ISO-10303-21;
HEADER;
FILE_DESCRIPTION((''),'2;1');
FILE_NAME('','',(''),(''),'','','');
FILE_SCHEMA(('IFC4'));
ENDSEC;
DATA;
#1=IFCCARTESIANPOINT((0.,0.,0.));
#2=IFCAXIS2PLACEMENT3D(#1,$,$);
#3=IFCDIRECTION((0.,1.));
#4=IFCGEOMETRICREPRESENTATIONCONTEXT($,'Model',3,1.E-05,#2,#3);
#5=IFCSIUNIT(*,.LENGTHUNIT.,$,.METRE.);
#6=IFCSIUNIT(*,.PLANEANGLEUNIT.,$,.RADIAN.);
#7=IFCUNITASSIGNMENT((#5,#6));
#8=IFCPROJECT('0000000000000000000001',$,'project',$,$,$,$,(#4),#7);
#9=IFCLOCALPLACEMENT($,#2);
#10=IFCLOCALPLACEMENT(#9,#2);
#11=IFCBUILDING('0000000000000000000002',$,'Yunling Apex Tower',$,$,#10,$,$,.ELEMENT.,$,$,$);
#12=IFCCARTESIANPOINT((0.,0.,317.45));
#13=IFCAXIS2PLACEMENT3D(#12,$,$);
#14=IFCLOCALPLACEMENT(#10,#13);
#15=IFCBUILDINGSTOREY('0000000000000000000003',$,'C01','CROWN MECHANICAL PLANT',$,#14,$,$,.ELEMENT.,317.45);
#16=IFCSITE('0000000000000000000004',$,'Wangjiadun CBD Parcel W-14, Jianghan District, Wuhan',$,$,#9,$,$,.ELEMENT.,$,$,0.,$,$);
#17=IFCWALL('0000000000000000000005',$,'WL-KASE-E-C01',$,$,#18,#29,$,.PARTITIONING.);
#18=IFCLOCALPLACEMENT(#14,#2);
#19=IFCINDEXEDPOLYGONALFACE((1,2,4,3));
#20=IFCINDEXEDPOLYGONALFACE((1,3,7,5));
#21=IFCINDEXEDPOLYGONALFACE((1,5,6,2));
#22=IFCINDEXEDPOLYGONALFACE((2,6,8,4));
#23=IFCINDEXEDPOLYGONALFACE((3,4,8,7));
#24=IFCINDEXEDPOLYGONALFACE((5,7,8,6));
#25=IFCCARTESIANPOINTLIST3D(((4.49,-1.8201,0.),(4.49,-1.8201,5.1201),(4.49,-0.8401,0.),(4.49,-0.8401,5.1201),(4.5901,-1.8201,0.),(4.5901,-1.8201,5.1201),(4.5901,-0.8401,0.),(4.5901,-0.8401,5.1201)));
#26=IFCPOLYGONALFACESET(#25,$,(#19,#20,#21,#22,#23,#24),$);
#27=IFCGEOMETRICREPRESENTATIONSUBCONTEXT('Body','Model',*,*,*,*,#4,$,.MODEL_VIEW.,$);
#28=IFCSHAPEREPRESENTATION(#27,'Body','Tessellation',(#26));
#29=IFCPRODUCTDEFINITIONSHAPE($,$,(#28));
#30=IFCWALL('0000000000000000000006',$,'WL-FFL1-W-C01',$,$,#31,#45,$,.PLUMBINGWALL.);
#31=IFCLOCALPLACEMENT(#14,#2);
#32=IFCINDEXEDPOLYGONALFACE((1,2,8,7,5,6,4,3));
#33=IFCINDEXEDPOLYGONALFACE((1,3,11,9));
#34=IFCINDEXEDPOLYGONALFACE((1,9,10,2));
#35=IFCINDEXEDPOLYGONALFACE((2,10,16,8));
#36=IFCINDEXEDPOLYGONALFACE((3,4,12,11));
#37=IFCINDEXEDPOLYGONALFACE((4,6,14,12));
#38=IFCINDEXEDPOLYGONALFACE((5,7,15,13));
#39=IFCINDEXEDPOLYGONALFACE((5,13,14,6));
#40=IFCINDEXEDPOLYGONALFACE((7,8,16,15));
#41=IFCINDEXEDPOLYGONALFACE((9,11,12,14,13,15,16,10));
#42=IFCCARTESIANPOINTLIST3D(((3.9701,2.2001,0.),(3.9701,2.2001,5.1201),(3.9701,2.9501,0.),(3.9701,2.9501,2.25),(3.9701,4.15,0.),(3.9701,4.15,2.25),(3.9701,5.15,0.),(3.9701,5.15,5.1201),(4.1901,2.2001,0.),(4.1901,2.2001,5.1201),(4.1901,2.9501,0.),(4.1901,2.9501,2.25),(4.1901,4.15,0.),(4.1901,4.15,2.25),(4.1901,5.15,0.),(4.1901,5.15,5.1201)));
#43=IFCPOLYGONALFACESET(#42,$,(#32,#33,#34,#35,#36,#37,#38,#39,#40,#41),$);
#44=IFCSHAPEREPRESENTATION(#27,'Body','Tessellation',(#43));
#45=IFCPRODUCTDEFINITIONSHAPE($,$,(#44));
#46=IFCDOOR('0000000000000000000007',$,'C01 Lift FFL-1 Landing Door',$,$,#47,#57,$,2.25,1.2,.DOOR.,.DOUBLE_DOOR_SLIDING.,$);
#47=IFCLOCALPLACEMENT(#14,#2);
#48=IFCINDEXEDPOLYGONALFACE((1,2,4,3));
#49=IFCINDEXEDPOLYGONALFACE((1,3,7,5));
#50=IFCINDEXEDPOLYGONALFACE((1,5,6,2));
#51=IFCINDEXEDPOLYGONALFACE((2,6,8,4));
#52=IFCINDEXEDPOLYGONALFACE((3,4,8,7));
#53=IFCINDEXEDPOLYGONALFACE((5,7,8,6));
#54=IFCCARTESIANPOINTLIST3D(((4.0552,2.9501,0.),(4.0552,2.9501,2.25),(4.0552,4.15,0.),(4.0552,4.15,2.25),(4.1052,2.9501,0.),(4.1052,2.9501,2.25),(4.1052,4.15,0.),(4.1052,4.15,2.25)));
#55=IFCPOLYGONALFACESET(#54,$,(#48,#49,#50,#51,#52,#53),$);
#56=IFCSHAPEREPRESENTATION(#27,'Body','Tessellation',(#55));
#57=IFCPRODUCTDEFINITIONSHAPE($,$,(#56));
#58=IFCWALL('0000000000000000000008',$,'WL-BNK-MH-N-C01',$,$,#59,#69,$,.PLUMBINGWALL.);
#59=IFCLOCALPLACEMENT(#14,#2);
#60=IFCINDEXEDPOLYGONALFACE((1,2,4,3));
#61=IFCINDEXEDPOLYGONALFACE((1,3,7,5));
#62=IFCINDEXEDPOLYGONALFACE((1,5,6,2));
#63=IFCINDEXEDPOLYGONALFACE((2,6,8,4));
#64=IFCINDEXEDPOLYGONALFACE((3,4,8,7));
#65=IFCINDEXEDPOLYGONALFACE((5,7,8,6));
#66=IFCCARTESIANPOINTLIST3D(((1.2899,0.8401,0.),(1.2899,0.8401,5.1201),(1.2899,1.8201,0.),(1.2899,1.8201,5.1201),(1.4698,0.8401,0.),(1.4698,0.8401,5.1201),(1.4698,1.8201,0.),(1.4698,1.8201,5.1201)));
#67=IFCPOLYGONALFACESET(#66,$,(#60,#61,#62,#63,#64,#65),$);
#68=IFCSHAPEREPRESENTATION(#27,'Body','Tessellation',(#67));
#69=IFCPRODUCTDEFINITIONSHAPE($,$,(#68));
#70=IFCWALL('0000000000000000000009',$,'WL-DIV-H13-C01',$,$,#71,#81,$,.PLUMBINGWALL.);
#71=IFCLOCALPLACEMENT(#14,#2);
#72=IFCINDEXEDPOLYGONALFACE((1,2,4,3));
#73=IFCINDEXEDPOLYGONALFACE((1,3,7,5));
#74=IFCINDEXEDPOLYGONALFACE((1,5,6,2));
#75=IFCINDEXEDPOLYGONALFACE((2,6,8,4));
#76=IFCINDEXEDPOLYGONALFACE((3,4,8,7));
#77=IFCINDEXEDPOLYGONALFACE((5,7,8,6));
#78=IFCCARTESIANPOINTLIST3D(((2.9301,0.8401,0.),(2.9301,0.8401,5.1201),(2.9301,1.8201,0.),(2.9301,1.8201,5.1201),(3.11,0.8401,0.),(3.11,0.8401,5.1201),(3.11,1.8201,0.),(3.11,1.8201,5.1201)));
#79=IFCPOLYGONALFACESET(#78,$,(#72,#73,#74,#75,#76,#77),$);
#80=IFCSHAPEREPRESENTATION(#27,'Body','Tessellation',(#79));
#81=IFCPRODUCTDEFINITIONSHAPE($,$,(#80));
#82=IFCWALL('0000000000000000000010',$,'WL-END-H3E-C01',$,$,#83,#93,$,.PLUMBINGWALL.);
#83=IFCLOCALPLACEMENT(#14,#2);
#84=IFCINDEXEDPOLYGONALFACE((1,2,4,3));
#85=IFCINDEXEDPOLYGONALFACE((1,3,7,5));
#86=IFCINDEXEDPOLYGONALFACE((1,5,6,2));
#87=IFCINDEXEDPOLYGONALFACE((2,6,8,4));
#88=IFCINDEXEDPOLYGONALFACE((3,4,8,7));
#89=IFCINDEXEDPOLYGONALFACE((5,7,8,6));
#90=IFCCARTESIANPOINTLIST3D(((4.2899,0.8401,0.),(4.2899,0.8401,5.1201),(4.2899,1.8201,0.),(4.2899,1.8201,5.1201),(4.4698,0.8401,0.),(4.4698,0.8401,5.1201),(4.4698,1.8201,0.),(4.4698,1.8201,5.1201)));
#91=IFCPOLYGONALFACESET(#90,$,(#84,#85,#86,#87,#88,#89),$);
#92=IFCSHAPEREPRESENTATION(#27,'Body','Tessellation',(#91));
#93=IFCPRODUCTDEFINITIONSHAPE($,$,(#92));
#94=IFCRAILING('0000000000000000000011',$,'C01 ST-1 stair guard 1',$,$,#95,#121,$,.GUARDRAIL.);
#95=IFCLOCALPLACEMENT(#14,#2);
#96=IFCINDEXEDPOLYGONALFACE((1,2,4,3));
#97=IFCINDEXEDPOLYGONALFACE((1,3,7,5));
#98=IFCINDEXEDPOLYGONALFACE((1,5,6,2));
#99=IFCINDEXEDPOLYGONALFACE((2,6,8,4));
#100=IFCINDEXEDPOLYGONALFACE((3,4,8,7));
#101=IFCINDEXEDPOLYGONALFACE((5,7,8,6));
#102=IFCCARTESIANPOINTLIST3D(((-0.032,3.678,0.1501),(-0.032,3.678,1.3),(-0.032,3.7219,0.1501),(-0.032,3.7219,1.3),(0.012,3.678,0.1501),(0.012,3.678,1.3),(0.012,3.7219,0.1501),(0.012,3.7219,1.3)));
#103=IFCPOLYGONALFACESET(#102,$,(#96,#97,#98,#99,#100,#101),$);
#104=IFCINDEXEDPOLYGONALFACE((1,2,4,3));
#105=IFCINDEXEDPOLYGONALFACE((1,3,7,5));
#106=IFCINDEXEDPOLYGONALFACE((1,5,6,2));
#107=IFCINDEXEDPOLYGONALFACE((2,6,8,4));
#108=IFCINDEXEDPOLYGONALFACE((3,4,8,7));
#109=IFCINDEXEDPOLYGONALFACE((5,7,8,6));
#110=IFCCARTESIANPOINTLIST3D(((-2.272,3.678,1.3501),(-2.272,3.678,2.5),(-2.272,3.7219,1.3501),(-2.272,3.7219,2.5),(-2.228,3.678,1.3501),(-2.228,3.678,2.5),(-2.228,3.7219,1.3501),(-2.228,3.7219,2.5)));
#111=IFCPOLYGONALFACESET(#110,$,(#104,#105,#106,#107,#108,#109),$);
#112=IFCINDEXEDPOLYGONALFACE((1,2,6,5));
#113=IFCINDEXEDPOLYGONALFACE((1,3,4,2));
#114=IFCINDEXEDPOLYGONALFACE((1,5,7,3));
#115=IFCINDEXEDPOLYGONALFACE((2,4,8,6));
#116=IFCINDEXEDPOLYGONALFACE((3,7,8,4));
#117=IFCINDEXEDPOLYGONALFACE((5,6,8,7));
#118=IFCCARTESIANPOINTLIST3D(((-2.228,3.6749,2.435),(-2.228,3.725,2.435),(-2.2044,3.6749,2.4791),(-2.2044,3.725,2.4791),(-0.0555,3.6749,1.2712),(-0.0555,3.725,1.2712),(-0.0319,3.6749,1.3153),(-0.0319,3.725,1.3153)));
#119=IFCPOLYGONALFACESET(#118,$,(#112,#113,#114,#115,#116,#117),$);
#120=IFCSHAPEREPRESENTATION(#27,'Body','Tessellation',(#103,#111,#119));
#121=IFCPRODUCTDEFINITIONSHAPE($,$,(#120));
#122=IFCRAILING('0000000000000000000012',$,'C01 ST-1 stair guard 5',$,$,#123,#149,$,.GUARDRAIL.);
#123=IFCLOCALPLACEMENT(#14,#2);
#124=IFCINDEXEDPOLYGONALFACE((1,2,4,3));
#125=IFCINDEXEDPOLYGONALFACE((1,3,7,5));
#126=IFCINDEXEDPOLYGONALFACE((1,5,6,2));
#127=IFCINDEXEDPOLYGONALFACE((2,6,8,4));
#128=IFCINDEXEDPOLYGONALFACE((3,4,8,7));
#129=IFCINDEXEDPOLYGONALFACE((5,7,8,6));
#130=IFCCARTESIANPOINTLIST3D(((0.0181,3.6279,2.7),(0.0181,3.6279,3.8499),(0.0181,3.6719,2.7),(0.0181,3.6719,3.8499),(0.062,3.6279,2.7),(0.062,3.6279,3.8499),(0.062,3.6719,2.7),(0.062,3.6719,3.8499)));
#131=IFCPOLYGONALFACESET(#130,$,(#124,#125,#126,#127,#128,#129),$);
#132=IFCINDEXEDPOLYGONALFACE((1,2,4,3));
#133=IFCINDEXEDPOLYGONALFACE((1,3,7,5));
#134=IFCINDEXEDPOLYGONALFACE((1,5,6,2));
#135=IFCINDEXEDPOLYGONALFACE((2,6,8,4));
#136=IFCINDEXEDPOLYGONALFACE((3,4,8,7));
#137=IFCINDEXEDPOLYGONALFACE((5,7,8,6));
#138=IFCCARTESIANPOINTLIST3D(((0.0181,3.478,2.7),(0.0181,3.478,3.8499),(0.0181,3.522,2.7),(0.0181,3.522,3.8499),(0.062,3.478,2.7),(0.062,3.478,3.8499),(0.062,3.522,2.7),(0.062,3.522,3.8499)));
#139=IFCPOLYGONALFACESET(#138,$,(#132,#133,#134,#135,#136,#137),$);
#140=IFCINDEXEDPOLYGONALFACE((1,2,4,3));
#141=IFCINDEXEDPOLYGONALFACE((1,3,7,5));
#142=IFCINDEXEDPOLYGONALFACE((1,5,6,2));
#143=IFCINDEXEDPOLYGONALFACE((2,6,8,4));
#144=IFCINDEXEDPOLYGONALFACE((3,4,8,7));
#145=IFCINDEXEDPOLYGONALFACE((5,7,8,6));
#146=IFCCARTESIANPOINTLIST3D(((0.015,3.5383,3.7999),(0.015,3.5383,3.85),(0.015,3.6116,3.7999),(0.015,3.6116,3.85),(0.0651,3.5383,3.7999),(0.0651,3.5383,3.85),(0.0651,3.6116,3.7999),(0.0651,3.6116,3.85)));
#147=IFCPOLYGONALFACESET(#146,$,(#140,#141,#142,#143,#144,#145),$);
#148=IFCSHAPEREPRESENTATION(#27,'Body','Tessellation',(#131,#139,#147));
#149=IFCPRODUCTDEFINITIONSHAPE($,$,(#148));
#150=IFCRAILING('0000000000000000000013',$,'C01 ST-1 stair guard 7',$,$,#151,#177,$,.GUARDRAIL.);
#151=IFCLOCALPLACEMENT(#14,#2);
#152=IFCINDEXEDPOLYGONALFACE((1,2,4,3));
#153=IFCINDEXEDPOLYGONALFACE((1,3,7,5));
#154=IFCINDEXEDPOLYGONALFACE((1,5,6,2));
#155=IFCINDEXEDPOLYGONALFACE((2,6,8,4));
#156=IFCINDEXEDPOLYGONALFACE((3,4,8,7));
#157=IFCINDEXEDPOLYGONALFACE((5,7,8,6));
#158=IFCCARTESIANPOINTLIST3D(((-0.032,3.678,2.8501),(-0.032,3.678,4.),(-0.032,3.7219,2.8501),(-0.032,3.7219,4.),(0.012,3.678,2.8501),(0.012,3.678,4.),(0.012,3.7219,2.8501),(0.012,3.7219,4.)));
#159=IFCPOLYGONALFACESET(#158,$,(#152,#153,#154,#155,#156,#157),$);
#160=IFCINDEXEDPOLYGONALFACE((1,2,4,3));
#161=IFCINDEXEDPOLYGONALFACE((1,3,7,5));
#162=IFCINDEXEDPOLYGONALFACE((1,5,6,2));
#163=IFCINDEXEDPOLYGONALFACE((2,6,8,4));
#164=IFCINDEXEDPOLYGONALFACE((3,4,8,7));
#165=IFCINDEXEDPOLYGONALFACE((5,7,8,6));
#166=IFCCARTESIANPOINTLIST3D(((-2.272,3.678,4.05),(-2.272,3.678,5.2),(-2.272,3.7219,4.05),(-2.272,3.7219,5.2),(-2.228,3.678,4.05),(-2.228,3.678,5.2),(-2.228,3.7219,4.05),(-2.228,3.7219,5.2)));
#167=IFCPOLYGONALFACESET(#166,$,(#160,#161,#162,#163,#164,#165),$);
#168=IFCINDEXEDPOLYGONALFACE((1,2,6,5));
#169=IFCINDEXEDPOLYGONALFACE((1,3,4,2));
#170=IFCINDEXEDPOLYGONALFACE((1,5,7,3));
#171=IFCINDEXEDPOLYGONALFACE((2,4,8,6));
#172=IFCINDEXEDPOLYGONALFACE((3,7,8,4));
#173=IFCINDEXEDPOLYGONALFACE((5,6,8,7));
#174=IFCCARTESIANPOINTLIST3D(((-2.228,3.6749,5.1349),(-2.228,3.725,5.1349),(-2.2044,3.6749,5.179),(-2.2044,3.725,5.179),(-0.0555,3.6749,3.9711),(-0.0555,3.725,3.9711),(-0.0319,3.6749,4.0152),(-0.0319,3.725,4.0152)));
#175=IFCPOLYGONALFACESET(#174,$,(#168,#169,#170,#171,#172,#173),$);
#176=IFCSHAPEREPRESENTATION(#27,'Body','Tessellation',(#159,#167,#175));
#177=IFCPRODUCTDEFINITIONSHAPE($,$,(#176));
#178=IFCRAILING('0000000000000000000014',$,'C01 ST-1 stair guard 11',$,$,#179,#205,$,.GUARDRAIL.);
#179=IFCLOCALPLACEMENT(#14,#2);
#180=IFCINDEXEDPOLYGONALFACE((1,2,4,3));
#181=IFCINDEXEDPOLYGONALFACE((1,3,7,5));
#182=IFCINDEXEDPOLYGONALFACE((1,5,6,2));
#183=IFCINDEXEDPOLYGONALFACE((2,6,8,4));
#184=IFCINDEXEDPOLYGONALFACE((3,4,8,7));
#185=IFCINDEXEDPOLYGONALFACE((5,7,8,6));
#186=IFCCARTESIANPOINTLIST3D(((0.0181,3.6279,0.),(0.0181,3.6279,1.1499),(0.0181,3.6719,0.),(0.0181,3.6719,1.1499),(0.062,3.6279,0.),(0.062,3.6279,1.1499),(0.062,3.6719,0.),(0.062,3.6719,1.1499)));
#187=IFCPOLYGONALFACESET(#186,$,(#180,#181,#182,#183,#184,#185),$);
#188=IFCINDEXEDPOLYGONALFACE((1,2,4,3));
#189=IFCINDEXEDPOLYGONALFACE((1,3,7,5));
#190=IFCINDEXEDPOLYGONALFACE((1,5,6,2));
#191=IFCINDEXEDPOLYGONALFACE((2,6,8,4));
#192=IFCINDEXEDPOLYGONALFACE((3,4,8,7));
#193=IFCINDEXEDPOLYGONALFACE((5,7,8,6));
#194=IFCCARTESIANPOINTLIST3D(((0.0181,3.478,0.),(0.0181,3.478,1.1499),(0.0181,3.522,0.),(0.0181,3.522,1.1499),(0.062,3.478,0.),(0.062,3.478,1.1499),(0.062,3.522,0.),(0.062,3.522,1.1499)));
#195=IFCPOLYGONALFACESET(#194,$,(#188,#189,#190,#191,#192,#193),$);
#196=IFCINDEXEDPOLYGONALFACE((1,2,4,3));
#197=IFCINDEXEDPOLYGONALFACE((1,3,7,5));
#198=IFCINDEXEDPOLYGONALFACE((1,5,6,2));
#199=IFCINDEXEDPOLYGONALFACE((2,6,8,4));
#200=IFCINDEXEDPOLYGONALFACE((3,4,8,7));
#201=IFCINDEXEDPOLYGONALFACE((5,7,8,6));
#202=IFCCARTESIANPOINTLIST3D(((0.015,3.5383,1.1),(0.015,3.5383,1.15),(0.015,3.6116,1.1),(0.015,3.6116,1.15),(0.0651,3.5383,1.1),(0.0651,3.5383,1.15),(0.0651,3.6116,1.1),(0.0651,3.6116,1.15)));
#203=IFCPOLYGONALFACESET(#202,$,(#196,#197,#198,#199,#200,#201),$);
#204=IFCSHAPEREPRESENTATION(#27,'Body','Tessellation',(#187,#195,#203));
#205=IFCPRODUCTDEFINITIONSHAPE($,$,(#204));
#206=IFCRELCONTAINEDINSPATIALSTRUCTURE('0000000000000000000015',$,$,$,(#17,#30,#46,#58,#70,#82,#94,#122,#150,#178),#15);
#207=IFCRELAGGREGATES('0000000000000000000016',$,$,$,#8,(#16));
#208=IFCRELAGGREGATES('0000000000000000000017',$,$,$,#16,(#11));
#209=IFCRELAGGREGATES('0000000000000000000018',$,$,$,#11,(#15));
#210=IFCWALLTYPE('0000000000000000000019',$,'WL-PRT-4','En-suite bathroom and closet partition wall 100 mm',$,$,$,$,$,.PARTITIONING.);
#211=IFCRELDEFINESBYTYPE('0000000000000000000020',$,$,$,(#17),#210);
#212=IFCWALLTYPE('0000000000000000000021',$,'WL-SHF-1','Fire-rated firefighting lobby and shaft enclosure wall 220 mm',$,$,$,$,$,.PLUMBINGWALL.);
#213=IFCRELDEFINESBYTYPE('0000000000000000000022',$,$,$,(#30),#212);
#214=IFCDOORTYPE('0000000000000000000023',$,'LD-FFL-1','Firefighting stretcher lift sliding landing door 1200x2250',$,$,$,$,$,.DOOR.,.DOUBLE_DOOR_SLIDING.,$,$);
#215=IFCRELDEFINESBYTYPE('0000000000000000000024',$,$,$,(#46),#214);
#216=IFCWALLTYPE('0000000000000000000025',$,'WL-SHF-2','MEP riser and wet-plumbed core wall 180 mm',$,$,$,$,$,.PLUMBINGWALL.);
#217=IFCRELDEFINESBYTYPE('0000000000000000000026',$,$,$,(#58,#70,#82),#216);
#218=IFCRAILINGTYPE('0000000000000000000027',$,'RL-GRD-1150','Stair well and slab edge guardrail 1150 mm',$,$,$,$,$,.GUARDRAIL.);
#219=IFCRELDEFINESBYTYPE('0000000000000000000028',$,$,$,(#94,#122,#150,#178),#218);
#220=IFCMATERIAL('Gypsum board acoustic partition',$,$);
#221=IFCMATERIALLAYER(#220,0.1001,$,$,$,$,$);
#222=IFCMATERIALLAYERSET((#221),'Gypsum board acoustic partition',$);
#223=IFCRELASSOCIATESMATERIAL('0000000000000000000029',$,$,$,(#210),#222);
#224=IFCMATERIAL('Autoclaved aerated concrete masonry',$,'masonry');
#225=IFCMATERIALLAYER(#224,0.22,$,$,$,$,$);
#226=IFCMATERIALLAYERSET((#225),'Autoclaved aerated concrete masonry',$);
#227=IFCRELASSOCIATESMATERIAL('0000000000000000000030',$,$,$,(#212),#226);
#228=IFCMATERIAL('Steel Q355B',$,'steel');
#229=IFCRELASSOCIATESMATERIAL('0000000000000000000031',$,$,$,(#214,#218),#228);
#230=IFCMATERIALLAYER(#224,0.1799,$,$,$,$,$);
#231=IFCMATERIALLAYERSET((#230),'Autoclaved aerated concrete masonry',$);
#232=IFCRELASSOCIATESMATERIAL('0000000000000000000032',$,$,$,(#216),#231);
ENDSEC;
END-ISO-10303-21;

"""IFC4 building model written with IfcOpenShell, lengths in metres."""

from ifc_helpers import new_model, si_unit, direction, frame, frame_2d, origin, origin_2d, place, context, subcontext, project, spatial, rectangle, extrude, material, layer, layer_set, type_object, element, fill, save


model = new_model("IFC4")

# Units and contexts
model_context = context("Model", 3, precision=1e-05, world=origin(), true_north=direction((0.0, 1.0)))
body_context = subcontext(model_context, "Body", "Model", "MODEL_VIEW")
ifc_project = project(units=[si_unit("LENGTHUNIT", "METRE"), si_unit("PLANEANGLEUNIT", "RADIAN")], contexts=[model_context])

# Site, building, storey
site_placement = place(None, origin())
site = spatial("IfcSite", under=ifc_project, at=site_placement, Name="Wangjiadun CBD Parcel W-14, Jianghan District, Wuhan", CompositionType="ELEMENT", RefElevation=0.0)
building_placement = place(site_placement, origin())
building = spatial("IfcBuilding", under=site, at=building_placement, Name="Yunling Apex Tower", CompositionType="ELEMENT")
storey_placement = place(building_placement, frame((0.0, 0.0, 317.45)))
storey = spatial("IfcBuildingStorey", under=building, at=storey_placement, Name="C01", Description="CROWN MECHANICAL PLANT", CompositionType="ELEMENT", Elevation=317.45)

# Shared definitions
ifc_material_1 = material(Name="Steel Q355B", Category="steel")

# Wall
ifc_material_2 = material(Name="Gypsum board acoustic partition")
ifc_layer_1 = layer(ifc_material_2, 0.1001)
ifc_layer_set_1 = layer_set([ifc_layer_1], Name="Gypsum board acoustic partition")
wall_type_1 = type_object("IfcWallType", Name="WL-PRT-4", Description="En-suite bathroom and closet partition wall 100 mm", PredefinedType="PARTITIONING", material=ifc_layer_set_1)
wall_1_placement = place(storey_placement, frame((4.54, -1.8201, 0.0), z_axis=(0.0, 0.0, 1.0), x_axis=(0.0, 1.0, 0.0)))
element("IfcWall", 1, at=wall_1_placement, inside=storey, type_object=wall_type_1, Name="WL-KASE-E-C01", PredefinedType="PARTITIONING", context=body_context, shape_type="SweptSolid", body=[
    extrude(rectangle(XDim=0.98, YDim=0.1001, at=frame_2d((0.49, 0.0))), origin(), (0.0, 0.0, 1.0), 5.1201),
])

# Wall, opening, door
ifc_material_3 = material(Name="Autoclaved aerated concrete masonry", Category="masonry")
ifc_layer_2 = layer(ifc_material_3, 0.22)
ifc_layer_set_2 = layer_set([ifc_layer_2], Name="Autoclaved aerated concrete masonry")
wall_type_2 = type_object("IfcWallType", Name="WL-SHF-1", Description="Fire-rated firefighting lobby and shaft enclosure wall 220 mm", PredefinedType="PLUMBINGWALL", material=ifc_layer_set_2)
wall_2_placement = place(storey_placement, frame((4.0801, 2.2, 0.0), z_axis=(0.0, 0.0, 1.0), x_axis=(0.0, 1.0, 0.0)))
wall_2 = element("IfcWall", 2, at=wall_2_placement, inside=storey, type_object=wall_type_2, Name="WL-FFL1-W-C01", PredefinedType="PLUMBINGWALL", context=body_context, shape_type="SweptSolid", body=[
    extrude(rectangle(XDim=2.95, YDim=0.22, at=frame_2d((1.4751, 0.0))), origin(), (0.0, 0.0, 1.0), 5.1201),
])
opening_1_placement = place(wall_2_placement, frame((0.75, 0.0, 0.0)))
opening_1 = element("IfcOpeningElement", 3, at=opening_1_placement, cuts=wall_2, PredefinedType="OPENING", context=body_context, shape_type="SweptSolid", body=[
    extrude(rectangle(XDim=1.2, YDim=2.25, at=frame_2d((0.6001, 1.125))), frame((0.0, 0.1201, 0.0), z_axis=(0.0, -1.0, 0.0), x_axis=(1.0, 0.0, 0.0)), (0.0, 0.0, 1.0), 0.24),
])
door_type_1 = type_object("IfcDoorType", Name="LD-FFL-1", Description="Firefighting stretcher lift sliding landing door 1200x2250", OperationType="DOUBLE_DOOR_SLIDING", PredefinedType="DOOR", material=ifc_material_1)
door_1_placement = place(opening_1_placement, origin())
door_1 = element("IfcDoor", 4, at=door_1_placement, inside=storey, type_object=door_type_1, Name="C01 Lift FFL-1 Landing Door", OperationType="DOUBLE_DOOR_SLIDING", OverallHeight=2.25, OverallWidth=1.2, PredefinedType="DOOR", context=body_context, shape_type="SweptSolid", body=[
    extrude(rectangle(XDim=1.2, YDim=2.25, at=frame_2d((0.6001, 1.125))), frame((0.0, 0.0249, 0.0), z_axis=(0.0, -1.0, 0.0), x_axis=(1.0, 0.0, 0.0)), (0.0, 0.0, 1.0), 0.05),
])
fill(opening_1, door_1)

# Walls
ifc_layer_3 = layer(ifc_material_3, 0.1799)
ifc_layer_set_3 = layer_set([ifc_layer_3], Name="Autoclaved aerated concrete masonry")
wall_type_3 = type_object("IfcWallType", Name="WL-SHF-2", Description="MEP riser and wet-plumbed core wall 180 mm", PredefinedType="PLUMBINGWALL", material=ifc_layer_set_3)
for number, where, z_axis, x_axis, name in (
    (5, (1.3799, 0.8401, 0.0), (0.0, 0.0, 1.0), (0.0, 1.0, 0.0), "WL-BNK-MH-N-C01"),
    (6, (3.02, 0.8401, 0.0), (0.0, 0.0, 1.0), (0.0, 1.0, 0.0), "WL-DIV-H13-C01"),
    (7, (4.3799, 0.8401, 0.0), (0.0, 0.0, 1.0), (0.0, 1.0, 0.0), "WL-END-H3E-C01"),
):
    element("IfcWall", number, at=place(storey_placement, frame(where, z_axis=z_axis, x_axis=x_axis)), inside=storey, type_object=wall_type_3, Name=name, PredefinedType="PLUMBINGWALL", context=body_context, shape_type="SweptSolid", body=[
        extrude(rectangle(XDim=0.98, YDim=0.1799, at=frame_2d((0.49, 0.0))), origin(), (0.0, 0.0, 1.0), 5.1201),
    ])

# Railings
railing_type = type_object("IfcRailingType", Name="RL-GRD-1150", Description="Stair well and slab edge guardrail 1150 mm", PredefinedType="GUARDRAIL", material=ifc_material_1)
railing_1_placement = place(storey_placement, frame((-0.01, 3.7, 0.1501)))
element("IfcRailing", 8, at=railing_1_placement, inside=storey, type_object=railing_type, Name="C01 ST-1 stair guard 1", PredefinedType="GUARDRAIL", context=body_context, shape_type="SweptSolid", body=[
    extrude(rectangle(XDim=0.0439, YDim=0.0439, at=origin_2d()), origin(), (0.0, 0.0, 1.0), 1.1499),
    extrude(rectangle(XDim=0.0439, YDim=0.0439, at=origin_2d()), frame((-2.24, 0.0, 1.2)), (0.0, 0.0, 1.0), 1.1499),
    extrude(rectangle(XDim=0.05, YDim=0.05, at=origin_2d()), frame((-0.0337, 0.0, 1.1431), z_axis=(-0.881487, 0.0, 0.472208), x_axis=(0.0, -1.0, 0.0)), (0.0, 0.0, 1.0), 2.4646),
])
railing_2_placement = place(storey_placement, frame((0.04, 3.6499, 2.7)))
element("IfcRailing", 9, at=railing_2_placement, inside=storey, type_object=railing_type, Name="C01 ST-1 stair guard 5", PredefinedType="GUARDRAIL", context=body_context, shape_type="SweptSolid", body=[
    extrude(rectangle(XDim=0.0439, YDim=0.0439, at=origin_2d()), origin(), (0.0, 0.0, 1.0), 1.1499),
    extrude(rectangle(XDim=0.0439, YDim=0.0439, at=origin_2d()), frame((0.0, -0.1499, 0.0)), (0.0, 0.0, 1.0), 1.1499),
    extrude(rectangle(XDim=0.05, YDim=0.05, at=origin_2d()), frame((0.0, -0.0383, 1.125), z_axis=(0.0, -1.0, 0.0), x_axis=(1.0, 0.0, 0.0)), (0.0, 0.0, 1.0), 0.0732),
])
railing_3_placement = place(storey_placement, frame((-0.01, 3.7, 2.8501)))
element("IfcRailing", 10, at=railing_3_placement, inside=storey, type_object=railing_type, Name="C01 ST-1 stair guard 7", PredefinedType="GUARDRAIL", context=body_context, shape_type="SweptSolid", body=[
    extrude(rectangle(XDim=0.0439, YDim=0.0439, at=origin_2d()), origin(), (0.0, 0.0, 1.0), 1.1499),
    extrude(rectangle(XDim=0.0439, YDim=0.0439, at=origin_2d()), frame((-2.24, 0.0, 1.2)), (0.0, 0.0, 1.0), 1.1499),
    extrude(rectangle(XDim=0.05, YDim=0.05, at=origin_2d()), frame((-0.0337, 0.0, 1.1431), z_axis=(-0.881487, 0.0, 0.472208), x_axis=(0.0, -1.0, 0.0)), (0.0, 0.0, 1.0), 2.4646),
])
railing_4_placement = place(storey_placement, frame((0.04, 3.6499, 0.0)))
element("IfcRailing", 11, at=railing_4_placement, inside=storey, type_object=railing_type, Name="C01 ST-1 stair guard 11", PredefinedType="GUARDRAIL", context=body_context, shape_type="SweptSolid", body=[
    extrude(rectangle(XDim=0.0439, YDim=0.0439, at=origin_2d()), origin(), (0.0, 0.0, 1.0), 1.1499),
    extrude(rectangle(XDim=0.0439, YDim=0.0439, at=origin_2d()), frame((0.0, -0.1499, 0.0)), (0.0, 0.0, 1.0), 1.1499),
    extrude(rectangle(XDim=0.05, YDim=0.05, at=origin_2d()), frame((0.0, -0.0383, 1.125), z_axis=(0.0, -1.0, 0.0), x_axis=(1.0, 0.0, 0.0)), (0.0, 0.0, 1.0), 0.0732),
])

save(model, "model.ifc")
